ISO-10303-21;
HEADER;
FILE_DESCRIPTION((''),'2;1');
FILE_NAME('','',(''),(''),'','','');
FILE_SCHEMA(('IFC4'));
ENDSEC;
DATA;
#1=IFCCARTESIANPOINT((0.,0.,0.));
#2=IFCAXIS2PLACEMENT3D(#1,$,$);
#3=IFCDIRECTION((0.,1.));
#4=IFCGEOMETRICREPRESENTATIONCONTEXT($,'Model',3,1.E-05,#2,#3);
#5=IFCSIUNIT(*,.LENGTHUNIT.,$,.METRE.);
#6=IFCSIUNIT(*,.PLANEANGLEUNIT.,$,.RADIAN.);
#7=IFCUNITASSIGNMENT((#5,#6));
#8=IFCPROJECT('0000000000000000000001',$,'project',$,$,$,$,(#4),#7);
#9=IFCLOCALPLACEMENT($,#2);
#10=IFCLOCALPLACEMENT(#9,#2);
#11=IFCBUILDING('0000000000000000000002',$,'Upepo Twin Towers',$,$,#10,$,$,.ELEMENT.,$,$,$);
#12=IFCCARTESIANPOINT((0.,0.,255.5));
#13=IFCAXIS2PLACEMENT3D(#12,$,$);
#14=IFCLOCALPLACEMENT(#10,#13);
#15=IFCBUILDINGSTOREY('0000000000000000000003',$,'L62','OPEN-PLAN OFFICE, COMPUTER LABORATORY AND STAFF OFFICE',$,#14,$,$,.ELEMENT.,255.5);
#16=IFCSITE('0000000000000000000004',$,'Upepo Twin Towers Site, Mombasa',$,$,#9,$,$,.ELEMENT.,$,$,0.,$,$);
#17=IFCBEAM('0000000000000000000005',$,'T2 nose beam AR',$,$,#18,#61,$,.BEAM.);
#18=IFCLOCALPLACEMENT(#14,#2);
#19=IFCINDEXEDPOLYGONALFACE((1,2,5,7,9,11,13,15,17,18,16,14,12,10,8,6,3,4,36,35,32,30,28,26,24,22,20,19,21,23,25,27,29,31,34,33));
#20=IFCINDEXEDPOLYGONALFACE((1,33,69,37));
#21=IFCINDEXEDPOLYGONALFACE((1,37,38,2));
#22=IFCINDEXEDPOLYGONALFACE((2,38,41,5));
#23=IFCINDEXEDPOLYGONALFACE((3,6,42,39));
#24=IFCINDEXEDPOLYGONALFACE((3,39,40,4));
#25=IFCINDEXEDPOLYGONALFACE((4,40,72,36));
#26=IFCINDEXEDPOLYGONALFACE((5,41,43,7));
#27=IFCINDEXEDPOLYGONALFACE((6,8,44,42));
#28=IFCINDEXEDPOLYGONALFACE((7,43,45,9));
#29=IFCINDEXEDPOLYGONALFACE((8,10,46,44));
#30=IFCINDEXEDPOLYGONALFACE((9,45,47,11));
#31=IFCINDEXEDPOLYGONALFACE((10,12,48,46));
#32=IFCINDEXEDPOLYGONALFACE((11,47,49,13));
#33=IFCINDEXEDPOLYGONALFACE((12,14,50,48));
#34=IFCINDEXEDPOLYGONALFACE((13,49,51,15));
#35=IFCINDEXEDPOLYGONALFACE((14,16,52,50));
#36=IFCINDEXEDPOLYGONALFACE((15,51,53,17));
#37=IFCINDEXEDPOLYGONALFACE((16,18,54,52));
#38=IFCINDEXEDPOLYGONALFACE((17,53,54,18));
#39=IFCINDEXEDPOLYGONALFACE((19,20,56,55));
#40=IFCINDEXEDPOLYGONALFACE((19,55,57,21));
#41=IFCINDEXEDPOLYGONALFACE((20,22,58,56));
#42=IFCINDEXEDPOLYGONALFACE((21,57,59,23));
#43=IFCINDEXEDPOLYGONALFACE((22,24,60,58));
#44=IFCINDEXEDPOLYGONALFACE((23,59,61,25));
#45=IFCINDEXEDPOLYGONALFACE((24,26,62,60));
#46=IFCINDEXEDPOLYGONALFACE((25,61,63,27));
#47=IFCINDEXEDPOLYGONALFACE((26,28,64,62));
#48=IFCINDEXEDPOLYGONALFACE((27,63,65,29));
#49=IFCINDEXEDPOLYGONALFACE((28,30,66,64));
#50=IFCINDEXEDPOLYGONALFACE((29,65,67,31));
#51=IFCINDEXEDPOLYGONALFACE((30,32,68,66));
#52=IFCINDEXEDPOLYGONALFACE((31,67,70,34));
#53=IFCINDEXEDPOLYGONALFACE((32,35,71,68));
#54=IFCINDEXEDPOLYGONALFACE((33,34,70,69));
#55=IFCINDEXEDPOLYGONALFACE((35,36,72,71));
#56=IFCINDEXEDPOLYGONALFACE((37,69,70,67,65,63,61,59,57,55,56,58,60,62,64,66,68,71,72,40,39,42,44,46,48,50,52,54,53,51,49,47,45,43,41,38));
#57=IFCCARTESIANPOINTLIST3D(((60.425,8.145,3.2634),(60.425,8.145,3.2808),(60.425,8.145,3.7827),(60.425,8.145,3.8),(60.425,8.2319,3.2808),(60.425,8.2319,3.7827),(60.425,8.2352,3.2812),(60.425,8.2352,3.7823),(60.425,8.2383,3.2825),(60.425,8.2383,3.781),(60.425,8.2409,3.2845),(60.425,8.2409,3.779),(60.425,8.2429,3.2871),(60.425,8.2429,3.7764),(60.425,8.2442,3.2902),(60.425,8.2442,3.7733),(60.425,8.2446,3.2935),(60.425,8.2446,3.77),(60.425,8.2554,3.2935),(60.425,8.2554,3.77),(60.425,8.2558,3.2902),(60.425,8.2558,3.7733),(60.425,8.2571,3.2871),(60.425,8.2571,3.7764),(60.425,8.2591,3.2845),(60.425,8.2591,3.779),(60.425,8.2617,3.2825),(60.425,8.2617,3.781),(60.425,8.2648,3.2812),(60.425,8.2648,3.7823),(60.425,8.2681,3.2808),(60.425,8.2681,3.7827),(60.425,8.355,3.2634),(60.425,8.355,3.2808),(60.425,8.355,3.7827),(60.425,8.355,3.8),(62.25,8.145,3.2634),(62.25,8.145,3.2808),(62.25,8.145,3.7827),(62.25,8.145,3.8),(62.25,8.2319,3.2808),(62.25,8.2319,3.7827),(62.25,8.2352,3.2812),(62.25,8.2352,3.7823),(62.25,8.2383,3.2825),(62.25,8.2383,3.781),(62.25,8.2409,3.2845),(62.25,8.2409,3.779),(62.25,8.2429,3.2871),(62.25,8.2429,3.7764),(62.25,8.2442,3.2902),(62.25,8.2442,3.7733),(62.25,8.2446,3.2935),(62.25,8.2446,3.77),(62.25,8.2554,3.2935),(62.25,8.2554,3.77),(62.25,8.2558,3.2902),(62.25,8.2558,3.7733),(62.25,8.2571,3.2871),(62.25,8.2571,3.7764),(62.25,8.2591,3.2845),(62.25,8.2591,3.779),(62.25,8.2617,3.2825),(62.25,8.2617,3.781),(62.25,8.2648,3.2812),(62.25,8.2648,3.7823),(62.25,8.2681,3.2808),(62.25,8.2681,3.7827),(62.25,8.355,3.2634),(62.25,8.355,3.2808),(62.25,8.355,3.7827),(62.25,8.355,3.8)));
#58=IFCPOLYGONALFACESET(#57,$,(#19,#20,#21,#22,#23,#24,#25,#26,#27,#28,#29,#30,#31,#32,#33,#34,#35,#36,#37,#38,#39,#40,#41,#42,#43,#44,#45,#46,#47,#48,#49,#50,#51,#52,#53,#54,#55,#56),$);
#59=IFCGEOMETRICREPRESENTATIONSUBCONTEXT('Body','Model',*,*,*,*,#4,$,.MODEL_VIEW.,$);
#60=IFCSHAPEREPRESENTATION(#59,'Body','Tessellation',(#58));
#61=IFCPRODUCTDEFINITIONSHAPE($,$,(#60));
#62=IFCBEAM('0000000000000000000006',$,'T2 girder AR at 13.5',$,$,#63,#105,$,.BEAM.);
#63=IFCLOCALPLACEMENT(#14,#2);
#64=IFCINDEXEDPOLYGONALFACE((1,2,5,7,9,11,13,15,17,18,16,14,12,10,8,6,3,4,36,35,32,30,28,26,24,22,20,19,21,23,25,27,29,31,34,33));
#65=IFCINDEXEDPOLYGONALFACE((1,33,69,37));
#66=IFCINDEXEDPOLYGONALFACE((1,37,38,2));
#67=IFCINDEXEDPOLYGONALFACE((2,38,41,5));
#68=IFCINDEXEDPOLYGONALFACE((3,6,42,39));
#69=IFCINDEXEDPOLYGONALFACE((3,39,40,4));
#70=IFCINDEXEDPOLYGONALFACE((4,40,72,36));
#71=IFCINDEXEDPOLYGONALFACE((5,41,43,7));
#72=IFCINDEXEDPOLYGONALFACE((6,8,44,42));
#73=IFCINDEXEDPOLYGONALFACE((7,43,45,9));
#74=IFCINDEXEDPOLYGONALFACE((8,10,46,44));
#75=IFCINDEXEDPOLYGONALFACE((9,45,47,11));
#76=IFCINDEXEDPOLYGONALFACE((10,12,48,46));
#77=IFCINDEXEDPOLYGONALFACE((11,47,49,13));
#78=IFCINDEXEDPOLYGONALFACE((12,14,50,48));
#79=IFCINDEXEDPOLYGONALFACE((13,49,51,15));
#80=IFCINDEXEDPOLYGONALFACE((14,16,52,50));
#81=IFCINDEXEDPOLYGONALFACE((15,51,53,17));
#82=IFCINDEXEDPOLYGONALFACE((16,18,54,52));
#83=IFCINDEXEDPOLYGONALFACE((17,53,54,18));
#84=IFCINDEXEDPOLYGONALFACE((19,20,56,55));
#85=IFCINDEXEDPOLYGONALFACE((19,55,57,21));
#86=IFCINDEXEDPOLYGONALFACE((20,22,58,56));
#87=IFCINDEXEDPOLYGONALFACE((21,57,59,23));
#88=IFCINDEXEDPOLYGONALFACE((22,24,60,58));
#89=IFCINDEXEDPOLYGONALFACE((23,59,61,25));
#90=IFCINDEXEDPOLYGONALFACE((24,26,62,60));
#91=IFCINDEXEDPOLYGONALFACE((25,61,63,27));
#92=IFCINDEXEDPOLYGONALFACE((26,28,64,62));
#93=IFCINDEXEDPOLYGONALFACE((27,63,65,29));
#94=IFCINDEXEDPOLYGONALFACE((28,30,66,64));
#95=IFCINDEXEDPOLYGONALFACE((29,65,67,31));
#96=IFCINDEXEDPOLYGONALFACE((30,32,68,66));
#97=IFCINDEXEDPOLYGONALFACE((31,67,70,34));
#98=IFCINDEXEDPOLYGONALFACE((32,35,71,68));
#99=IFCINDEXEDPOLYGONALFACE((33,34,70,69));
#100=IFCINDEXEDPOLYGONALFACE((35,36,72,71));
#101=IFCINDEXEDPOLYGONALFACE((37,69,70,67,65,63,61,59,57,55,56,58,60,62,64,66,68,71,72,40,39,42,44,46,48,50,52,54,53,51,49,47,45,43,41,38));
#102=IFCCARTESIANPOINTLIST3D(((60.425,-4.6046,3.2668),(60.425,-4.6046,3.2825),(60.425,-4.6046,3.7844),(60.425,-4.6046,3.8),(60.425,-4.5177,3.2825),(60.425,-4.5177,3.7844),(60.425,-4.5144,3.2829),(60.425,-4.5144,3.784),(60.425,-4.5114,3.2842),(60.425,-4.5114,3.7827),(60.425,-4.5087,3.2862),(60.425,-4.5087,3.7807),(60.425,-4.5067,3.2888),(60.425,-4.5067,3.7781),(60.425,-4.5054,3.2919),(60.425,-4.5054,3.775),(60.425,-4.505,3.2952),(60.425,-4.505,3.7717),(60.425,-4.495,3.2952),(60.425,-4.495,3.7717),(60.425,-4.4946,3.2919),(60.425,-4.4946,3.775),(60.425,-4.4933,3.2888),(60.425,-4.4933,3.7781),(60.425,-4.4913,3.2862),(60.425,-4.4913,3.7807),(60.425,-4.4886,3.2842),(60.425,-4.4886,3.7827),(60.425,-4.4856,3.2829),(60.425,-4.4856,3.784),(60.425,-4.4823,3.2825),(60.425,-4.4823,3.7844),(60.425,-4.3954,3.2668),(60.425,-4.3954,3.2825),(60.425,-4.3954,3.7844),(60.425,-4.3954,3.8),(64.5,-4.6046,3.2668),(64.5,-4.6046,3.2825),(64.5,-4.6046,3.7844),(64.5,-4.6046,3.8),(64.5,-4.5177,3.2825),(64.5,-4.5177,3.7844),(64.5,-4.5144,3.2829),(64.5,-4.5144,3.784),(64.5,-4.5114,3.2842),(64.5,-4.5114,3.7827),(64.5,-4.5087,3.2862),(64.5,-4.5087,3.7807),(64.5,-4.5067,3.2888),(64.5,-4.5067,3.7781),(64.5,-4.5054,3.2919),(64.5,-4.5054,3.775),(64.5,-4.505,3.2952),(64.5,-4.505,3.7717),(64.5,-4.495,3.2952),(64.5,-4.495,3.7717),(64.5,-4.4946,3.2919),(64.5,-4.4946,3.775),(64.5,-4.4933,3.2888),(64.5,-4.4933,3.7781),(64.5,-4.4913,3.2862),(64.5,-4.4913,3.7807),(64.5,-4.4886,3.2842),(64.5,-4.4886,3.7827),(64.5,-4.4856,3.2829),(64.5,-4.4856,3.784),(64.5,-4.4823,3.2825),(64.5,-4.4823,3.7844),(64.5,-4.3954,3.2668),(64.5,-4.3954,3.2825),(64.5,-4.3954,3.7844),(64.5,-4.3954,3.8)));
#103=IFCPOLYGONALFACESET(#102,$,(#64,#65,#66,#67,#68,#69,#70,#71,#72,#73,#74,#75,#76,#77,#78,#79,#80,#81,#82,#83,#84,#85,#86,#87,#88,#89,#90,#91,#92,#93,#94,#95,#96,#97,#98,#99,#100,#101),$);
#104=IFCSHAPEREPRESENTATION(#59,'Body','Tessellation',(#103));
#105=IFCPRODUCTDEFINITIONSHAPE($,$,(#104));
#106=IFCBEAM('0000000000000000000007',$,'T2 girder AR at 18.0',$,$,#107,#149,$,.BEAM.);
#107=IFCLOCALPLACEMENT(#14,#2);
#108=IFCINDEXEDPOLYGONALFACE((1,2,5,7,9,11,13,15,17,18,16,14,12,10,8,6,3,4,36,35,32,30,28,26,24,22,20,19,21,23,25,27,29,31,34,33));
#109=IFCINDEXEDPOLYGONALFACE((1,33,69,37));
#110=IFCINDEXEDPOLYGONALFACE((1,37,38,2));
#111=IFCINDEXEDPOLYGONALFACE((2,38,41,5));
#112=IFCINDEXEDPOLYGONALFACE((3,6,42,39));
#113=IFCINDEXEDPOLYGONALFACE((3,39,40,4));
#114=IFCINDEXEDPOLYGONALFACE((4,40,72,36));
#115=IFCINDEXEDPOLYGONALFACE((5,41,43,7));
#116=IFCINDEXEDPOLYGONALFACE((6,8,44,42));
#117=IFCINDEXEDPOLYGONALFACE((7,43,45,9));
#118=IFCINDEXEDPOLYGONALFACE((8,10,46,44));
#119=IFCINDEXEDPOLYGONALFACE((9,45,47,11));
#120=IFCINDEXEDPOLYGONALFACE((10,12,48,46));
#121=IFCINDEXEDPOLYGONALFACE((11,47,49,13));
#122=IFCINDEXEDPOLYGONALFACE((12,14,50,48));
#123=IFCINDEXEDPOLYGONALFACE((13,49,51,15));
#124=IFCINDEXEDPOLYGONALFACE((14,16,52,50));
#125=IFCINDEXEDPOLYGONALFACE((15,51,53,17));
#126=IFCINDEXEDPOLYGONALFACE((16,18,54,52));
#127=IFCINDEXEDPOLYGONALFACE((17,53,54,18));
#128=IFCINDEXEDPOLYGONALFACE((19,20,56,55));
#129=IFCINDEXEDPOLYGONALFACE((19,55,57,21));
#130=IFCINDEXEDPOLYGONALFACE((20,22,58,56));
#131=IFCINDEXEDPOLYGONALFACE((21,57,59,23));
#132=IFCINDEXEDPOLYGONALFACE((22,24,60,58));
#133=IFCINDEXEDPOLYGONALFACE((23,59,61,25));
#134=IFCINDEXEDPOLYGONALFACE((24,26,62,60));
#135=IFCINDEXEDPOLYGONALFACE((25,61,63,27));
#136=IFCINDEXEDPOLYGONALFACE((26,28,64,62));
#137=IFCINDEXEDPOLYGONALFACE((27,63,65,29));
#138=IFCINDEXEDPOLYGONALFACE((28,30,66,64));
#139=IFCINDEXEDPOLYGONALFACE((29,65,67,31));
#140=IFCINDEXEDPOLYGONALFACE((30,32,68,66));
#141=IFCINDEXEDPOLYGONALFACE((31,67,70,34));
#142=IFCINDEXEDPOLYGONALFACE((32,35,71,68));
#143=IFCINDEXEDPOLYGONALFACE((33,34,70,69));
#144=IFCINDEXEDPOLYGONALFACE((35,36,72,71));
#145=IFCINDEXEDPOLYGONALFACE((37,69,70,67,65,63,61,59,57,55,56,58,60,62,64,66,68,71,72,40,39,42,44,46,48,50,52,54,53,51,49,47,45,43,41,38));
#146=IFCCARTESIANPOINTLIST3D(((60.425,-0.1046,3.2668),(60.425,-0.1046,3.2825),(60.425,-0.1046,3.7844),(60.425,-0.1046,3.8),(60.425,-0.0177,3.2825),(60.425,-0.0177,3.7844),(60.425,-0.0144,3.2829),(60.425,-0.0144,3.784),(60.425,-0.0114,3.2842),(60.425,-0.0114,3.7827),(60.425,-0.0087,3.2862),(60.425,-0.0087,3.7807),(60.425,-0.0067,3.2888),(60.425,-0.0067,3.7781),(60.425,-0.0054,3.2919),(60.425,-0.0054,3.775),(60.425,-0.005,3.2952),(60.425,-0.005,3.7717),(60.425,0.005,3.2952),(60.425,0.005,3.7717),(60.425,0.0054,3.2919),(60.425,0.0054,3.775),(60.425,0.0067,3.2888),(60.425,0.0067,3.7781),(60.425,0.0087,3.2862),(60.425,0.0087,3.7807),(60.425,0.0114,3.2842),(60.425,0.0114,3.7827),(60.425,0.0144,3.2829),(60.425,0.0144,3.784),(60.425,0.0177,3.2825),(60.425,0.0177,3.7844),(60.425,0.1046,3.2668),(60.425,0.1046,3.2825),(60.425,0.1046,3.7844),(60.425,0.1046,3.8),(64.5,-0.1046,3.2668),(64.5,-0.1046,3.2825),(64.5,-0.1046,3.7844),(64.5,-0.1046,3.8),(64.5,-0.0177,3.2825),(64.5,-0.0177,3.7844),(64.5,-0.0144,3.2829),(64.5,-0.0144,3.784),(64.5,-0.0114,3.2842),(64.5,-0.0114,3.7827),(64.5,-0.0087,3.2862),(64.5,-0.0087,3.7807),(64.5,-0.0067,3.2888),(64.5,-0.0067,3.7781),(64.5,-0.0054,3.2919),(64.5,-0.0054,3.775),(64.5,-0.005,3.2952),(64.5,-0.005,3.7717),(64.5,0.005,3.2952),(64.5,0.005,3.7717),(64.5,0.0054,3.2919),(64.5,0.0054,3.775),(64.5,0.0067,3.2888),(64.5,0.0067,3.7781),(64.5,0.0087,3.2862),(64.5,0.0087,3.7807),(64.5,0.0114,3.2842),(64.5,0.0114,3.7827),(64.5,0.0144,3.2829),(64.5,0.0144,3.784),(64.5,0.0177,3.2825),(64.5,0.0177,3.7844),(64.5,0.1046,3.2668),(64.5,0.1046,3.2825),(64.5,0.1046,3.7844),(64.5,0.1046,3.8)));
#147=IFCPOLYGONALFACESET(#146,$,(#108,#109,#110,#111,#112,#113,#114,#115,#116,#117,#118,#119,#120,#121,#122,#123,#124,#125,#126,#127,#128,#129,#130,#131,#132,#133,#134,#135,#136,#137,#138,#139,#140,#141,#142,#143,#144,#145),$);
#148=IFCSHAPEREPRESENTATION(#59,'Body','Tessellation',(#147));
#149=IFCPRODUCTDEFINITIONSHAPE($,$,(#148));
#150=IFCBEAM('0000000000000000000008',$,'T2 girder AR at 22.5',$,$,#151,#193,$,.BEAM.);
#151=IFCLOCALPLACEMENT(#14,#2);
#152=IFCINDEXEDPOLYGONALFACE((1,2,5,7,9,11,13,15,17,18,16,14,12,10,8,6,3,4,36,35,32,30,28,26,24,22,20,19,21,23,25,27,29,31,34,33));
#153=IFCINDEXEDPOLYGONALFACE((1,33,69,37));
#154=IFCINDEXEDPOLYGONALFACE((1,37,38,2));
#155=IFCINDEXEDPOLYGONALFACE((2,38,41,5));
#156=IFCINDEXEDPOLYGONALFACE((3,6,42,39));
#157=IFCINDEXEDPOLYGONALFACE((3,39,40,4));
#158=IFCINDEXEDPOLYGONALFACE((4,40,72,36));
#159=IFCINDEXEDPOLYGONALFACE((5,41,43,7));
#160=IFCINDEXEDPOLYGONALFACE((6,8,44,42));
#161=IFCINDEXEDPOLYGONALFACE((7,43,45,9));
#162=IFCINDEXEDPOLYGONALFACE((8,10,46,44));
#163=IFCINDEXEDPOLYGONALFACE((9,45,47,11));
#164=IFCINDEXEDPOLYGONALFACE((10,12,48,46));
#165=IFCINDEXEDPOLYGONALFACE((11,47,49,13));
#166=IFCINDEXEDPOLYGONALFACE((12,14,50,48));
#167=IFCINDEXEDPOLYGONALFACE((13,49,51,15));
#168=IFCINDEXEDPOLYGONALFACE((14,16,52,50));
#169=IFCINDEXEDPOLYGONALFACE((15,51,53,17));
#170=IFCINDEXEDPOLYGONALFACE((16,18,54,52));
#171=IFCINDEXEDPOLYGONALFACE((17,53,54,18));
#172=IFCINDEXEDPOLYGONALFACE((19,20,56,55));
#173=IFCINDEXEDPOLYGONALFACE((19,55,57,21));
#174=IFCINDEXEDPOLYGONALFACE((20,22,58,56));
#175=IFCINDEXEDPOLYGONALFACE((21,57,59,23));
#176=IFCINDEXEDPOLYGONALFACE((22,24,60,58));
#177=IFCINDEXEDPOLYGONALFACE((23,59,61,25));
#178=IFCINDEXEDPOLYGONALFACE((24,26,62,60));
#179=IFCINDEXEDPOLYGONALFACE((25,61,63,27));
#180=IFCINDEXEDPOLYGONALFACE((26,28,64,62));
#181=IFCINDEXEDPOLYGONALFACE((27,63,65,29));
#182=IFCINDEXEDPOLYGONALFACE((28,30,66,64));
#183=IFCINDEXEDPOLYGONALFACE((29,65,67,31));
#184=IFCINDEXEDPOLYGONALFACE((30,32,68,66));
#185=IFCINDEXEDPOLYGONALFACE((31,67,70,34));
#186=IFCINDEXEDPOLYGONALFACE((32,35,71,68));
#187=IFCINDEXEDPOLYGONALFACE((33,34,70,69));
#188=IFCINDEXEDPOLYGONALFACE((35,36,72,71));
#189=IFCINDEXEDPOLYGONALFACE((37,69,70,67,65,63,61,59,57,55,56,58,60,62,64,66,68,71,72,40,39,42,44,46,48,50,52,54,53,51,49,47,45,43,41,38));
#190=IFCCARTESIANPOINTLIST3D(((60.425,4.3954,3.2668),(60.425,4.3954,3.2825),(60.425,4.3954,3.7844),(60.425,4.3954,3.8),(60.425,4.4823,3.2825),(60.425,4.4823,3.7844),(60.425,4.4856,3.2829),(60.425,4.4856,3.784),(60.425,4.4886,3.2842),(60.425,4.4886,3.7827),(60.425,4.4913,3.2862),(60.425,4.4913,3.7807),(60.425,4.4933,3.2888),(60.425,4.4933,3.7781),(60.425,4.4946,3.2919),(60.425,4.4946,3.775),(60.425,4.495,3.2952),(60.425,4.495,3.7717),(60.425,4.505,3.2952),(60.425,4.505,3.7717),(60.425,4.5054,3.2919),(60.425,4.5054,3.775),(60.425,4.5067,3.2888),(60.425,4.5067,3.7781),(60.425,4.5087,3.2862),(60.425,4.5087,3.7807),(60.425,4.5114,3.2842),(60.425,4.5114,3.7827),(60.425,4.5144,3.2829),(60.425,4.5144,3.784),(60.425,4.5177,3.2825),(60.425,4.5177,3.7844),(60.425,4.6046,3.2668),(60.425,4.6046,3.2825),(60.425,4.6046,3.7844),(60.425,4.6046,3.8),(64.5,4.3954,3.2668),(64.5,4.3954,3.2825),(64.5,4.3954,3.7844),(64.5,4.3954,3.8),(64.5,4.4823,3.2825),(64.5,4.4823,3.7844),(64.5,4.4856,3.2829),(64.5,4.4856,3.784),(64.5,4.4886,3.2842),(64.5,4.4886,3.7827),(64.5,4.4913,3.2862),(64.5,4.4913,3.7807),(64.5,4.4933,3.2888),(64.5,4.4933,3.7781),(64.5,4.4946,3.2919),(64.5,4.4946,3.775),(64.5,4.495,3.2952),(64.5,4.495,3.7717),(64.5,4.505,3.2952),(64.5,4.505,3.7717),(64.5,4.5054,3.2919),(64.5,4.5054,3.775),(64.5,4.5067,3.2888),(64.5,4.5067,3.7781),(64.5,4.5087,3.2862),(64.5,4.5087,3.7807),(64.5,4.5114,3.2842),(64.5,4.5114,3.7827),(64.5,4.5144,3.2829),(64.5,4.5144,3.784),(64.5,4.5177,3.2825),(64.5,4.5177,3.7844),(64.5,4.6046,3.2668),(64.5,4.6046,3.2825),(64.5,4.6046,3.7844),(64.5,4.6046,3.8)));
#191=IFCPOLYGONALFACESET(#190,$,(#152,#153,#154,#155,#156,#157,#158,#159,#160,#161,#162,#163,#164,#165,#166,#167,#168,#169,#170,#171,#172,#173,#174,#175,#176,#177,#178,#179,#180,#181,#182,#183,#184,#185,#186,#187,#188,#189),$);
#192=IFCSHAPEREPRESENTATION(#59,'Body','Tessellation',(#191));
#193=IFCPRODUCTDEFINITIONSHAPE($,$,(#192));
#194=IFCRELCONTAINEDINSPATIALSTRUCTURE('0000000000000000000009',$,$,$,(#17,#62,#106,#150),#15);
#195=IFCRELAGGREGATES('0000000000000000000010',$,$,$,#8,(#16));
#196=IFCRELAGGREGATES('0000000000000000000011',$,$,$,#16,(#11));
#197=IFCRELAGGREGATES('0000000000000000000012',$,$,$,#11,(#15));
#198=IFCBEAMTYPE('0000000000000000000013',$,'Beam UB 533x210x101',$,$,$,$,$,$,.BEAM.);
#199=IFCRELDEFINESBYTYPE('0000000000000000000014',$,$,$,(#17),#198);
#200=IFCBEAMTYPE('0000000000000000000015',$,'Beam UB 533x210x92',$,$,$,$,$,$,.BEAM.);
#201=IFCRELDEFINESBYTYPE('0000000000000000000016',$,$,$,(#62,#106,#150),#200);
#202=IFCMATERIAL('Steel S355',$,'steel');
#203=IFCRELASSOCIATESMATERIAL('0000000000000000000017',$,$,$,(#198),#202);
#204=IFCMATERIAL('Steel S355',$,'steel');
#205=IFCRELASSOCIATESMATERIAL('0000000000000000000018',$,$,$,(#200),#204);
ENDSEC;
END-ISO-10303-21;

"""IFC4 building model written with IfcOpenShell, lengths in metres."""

from ifc_helpers import new_model, si_unit, direction, frame, origin, origin_2d, place, context, subcontext, project, spatial, i_section, extrude, material, material_profile, profile_set, type_object, element, save


model = new_model("IFC4")

# Units and contexts
model_context = context("Model", 3, precision=1e-05, world=origin(), true_north=direction((0.0, 1.0)))
body_context = subcontext(model_context, "Body", "Model", "MODEL_VIEW")
ifc_project = project(units=[si_unit("LENGTHUNIT", "METRE"), si_unit("PLANEANGLEUNIT", "RADIAN")], contexts=[model_context])

# Site, building, storey
site_placement = place(None, origin())
site = spatial("IfcSite", under=ifc_project, at=site_placement, Name="Upepo Twin Towers Site, Mombasa", CompositionType="ELEMENT", RefElevation=0.0)
building_placement = place(site_placement, origin())
building = spatial("IfcBuilding", under=site, at=building_placement, Name="Upepo Twin Towers", CompositionType="ELEMENT")
storey_placement = place(building_placement, frame((0.0, 0.0, 255.5)))
storey = spatial("IfcBuildingStorey", under=building, at=storey_placement, Name="L62", Description="OPEN-PLAN OFFICE, COMPUTER LABORATORY AND STAFF OFFICE", CompositionType="ELEMENT", Elevation=255.5)

# Beams
ifc_material_1 = material(Name="Steel S355", Category="steel")
ifc_material_profile_1 = material_profile(ifc_material_1, i_section(OverallWidth=0.21, OverallDepth=0.5366, WebThickness=0.0107, FlangeThickness=0.0173, FilletRadius=0.0127, at=origin_2d()), Name="UB 533x210x101")
ifc_profile_set_1 = profile_set([ifc_material_profile_1], Name="Steel S355")
beam_type_1 = type_object("IfcBeamType", Name="Beam UB 533x210x101", PredefinedType="BEAM", material=ifc_profile_set_1)
beam_1_placement = place(storey_placement, frame((62.25, 8.25, 3.5317), z_axis=(-1.0, 0.0, 0.0), x_axis=(0.0, -1.0, 0.0)))
element("IfcBeam", 1, at=beam_1_placement, inside=storey, type_object=beam_type_1, Name="T2 nose beam AR", PredefinedType="BEAM", context=body_context, shape_type="SweptSolid", body=[
    extrude(i_section(OverallWidth=0.21, OverallDepth=0.5366, WebThickness=0.0107, FlangeThickness=0.0173, FilletRadius=0.0127, at=origin_2d()), origin(), (0.0, 0.0, 1.0), 1.825),
])
ifc_material_2 = material(Name="Steel S355", Category="steel")
ifc_material_profile_2 = material_profile(ifc_material_2, i_section(OverallWidth=0.2092, OverallDepth=0.5332, WebThickness=0.01, FlangeThickness=0.0156, FilletRadius=0.0127, at=origin_2d()), Name="UB 533x210x92")
ifc_profile_set_2 = profile_set([ifc_material_profile_2], Name="Steel S355")
beam_type_2 = type_object("IfcBeamType", Name="Beam UB 533x210x92", PredefinedType="BEAM", material=ifc_profile_set_2)
for number, where, z_axis, x_axis, name in (
    (2, (64.5, -4.5, 3.5334), (-1.0, 0.0, 0.0), (0.0, -1.0, 0.0), "T2 girder AR at 13.5"),
    (3, (64.5, 0.0, 3.5334), (-1.0, 0.0, 0.0), (0.0, -1.0, 0.0), "T2 girder AR at 18.0"),
    (4, (64.5, 4.5, 3.5334), (-1.0, 0.0, 0.0), (0.0, -1.0, 0.0), "T2 girder AR at 22.5"),
):
    element("IfcBeam", number, at=place(storey_placement, frame(where, z_axis=z_axis, x_axis=x_axis)), inside=storey, type_object=beam_type_2, Name=name, PredefinedType="BEAM", context=body_context, shape_type="SweptSolid", body=[
        extrude(i_section(OverallWidth=0.2092, OverallDepth=0.5332, WebThickness=0.01, FlangeThickness=0.0156, FilletRadius=0.0127, at=origin_2d()), origin(), (0.0, 0.0, 1.0), 4.075),
    ])

save(model, "model.ifc")
